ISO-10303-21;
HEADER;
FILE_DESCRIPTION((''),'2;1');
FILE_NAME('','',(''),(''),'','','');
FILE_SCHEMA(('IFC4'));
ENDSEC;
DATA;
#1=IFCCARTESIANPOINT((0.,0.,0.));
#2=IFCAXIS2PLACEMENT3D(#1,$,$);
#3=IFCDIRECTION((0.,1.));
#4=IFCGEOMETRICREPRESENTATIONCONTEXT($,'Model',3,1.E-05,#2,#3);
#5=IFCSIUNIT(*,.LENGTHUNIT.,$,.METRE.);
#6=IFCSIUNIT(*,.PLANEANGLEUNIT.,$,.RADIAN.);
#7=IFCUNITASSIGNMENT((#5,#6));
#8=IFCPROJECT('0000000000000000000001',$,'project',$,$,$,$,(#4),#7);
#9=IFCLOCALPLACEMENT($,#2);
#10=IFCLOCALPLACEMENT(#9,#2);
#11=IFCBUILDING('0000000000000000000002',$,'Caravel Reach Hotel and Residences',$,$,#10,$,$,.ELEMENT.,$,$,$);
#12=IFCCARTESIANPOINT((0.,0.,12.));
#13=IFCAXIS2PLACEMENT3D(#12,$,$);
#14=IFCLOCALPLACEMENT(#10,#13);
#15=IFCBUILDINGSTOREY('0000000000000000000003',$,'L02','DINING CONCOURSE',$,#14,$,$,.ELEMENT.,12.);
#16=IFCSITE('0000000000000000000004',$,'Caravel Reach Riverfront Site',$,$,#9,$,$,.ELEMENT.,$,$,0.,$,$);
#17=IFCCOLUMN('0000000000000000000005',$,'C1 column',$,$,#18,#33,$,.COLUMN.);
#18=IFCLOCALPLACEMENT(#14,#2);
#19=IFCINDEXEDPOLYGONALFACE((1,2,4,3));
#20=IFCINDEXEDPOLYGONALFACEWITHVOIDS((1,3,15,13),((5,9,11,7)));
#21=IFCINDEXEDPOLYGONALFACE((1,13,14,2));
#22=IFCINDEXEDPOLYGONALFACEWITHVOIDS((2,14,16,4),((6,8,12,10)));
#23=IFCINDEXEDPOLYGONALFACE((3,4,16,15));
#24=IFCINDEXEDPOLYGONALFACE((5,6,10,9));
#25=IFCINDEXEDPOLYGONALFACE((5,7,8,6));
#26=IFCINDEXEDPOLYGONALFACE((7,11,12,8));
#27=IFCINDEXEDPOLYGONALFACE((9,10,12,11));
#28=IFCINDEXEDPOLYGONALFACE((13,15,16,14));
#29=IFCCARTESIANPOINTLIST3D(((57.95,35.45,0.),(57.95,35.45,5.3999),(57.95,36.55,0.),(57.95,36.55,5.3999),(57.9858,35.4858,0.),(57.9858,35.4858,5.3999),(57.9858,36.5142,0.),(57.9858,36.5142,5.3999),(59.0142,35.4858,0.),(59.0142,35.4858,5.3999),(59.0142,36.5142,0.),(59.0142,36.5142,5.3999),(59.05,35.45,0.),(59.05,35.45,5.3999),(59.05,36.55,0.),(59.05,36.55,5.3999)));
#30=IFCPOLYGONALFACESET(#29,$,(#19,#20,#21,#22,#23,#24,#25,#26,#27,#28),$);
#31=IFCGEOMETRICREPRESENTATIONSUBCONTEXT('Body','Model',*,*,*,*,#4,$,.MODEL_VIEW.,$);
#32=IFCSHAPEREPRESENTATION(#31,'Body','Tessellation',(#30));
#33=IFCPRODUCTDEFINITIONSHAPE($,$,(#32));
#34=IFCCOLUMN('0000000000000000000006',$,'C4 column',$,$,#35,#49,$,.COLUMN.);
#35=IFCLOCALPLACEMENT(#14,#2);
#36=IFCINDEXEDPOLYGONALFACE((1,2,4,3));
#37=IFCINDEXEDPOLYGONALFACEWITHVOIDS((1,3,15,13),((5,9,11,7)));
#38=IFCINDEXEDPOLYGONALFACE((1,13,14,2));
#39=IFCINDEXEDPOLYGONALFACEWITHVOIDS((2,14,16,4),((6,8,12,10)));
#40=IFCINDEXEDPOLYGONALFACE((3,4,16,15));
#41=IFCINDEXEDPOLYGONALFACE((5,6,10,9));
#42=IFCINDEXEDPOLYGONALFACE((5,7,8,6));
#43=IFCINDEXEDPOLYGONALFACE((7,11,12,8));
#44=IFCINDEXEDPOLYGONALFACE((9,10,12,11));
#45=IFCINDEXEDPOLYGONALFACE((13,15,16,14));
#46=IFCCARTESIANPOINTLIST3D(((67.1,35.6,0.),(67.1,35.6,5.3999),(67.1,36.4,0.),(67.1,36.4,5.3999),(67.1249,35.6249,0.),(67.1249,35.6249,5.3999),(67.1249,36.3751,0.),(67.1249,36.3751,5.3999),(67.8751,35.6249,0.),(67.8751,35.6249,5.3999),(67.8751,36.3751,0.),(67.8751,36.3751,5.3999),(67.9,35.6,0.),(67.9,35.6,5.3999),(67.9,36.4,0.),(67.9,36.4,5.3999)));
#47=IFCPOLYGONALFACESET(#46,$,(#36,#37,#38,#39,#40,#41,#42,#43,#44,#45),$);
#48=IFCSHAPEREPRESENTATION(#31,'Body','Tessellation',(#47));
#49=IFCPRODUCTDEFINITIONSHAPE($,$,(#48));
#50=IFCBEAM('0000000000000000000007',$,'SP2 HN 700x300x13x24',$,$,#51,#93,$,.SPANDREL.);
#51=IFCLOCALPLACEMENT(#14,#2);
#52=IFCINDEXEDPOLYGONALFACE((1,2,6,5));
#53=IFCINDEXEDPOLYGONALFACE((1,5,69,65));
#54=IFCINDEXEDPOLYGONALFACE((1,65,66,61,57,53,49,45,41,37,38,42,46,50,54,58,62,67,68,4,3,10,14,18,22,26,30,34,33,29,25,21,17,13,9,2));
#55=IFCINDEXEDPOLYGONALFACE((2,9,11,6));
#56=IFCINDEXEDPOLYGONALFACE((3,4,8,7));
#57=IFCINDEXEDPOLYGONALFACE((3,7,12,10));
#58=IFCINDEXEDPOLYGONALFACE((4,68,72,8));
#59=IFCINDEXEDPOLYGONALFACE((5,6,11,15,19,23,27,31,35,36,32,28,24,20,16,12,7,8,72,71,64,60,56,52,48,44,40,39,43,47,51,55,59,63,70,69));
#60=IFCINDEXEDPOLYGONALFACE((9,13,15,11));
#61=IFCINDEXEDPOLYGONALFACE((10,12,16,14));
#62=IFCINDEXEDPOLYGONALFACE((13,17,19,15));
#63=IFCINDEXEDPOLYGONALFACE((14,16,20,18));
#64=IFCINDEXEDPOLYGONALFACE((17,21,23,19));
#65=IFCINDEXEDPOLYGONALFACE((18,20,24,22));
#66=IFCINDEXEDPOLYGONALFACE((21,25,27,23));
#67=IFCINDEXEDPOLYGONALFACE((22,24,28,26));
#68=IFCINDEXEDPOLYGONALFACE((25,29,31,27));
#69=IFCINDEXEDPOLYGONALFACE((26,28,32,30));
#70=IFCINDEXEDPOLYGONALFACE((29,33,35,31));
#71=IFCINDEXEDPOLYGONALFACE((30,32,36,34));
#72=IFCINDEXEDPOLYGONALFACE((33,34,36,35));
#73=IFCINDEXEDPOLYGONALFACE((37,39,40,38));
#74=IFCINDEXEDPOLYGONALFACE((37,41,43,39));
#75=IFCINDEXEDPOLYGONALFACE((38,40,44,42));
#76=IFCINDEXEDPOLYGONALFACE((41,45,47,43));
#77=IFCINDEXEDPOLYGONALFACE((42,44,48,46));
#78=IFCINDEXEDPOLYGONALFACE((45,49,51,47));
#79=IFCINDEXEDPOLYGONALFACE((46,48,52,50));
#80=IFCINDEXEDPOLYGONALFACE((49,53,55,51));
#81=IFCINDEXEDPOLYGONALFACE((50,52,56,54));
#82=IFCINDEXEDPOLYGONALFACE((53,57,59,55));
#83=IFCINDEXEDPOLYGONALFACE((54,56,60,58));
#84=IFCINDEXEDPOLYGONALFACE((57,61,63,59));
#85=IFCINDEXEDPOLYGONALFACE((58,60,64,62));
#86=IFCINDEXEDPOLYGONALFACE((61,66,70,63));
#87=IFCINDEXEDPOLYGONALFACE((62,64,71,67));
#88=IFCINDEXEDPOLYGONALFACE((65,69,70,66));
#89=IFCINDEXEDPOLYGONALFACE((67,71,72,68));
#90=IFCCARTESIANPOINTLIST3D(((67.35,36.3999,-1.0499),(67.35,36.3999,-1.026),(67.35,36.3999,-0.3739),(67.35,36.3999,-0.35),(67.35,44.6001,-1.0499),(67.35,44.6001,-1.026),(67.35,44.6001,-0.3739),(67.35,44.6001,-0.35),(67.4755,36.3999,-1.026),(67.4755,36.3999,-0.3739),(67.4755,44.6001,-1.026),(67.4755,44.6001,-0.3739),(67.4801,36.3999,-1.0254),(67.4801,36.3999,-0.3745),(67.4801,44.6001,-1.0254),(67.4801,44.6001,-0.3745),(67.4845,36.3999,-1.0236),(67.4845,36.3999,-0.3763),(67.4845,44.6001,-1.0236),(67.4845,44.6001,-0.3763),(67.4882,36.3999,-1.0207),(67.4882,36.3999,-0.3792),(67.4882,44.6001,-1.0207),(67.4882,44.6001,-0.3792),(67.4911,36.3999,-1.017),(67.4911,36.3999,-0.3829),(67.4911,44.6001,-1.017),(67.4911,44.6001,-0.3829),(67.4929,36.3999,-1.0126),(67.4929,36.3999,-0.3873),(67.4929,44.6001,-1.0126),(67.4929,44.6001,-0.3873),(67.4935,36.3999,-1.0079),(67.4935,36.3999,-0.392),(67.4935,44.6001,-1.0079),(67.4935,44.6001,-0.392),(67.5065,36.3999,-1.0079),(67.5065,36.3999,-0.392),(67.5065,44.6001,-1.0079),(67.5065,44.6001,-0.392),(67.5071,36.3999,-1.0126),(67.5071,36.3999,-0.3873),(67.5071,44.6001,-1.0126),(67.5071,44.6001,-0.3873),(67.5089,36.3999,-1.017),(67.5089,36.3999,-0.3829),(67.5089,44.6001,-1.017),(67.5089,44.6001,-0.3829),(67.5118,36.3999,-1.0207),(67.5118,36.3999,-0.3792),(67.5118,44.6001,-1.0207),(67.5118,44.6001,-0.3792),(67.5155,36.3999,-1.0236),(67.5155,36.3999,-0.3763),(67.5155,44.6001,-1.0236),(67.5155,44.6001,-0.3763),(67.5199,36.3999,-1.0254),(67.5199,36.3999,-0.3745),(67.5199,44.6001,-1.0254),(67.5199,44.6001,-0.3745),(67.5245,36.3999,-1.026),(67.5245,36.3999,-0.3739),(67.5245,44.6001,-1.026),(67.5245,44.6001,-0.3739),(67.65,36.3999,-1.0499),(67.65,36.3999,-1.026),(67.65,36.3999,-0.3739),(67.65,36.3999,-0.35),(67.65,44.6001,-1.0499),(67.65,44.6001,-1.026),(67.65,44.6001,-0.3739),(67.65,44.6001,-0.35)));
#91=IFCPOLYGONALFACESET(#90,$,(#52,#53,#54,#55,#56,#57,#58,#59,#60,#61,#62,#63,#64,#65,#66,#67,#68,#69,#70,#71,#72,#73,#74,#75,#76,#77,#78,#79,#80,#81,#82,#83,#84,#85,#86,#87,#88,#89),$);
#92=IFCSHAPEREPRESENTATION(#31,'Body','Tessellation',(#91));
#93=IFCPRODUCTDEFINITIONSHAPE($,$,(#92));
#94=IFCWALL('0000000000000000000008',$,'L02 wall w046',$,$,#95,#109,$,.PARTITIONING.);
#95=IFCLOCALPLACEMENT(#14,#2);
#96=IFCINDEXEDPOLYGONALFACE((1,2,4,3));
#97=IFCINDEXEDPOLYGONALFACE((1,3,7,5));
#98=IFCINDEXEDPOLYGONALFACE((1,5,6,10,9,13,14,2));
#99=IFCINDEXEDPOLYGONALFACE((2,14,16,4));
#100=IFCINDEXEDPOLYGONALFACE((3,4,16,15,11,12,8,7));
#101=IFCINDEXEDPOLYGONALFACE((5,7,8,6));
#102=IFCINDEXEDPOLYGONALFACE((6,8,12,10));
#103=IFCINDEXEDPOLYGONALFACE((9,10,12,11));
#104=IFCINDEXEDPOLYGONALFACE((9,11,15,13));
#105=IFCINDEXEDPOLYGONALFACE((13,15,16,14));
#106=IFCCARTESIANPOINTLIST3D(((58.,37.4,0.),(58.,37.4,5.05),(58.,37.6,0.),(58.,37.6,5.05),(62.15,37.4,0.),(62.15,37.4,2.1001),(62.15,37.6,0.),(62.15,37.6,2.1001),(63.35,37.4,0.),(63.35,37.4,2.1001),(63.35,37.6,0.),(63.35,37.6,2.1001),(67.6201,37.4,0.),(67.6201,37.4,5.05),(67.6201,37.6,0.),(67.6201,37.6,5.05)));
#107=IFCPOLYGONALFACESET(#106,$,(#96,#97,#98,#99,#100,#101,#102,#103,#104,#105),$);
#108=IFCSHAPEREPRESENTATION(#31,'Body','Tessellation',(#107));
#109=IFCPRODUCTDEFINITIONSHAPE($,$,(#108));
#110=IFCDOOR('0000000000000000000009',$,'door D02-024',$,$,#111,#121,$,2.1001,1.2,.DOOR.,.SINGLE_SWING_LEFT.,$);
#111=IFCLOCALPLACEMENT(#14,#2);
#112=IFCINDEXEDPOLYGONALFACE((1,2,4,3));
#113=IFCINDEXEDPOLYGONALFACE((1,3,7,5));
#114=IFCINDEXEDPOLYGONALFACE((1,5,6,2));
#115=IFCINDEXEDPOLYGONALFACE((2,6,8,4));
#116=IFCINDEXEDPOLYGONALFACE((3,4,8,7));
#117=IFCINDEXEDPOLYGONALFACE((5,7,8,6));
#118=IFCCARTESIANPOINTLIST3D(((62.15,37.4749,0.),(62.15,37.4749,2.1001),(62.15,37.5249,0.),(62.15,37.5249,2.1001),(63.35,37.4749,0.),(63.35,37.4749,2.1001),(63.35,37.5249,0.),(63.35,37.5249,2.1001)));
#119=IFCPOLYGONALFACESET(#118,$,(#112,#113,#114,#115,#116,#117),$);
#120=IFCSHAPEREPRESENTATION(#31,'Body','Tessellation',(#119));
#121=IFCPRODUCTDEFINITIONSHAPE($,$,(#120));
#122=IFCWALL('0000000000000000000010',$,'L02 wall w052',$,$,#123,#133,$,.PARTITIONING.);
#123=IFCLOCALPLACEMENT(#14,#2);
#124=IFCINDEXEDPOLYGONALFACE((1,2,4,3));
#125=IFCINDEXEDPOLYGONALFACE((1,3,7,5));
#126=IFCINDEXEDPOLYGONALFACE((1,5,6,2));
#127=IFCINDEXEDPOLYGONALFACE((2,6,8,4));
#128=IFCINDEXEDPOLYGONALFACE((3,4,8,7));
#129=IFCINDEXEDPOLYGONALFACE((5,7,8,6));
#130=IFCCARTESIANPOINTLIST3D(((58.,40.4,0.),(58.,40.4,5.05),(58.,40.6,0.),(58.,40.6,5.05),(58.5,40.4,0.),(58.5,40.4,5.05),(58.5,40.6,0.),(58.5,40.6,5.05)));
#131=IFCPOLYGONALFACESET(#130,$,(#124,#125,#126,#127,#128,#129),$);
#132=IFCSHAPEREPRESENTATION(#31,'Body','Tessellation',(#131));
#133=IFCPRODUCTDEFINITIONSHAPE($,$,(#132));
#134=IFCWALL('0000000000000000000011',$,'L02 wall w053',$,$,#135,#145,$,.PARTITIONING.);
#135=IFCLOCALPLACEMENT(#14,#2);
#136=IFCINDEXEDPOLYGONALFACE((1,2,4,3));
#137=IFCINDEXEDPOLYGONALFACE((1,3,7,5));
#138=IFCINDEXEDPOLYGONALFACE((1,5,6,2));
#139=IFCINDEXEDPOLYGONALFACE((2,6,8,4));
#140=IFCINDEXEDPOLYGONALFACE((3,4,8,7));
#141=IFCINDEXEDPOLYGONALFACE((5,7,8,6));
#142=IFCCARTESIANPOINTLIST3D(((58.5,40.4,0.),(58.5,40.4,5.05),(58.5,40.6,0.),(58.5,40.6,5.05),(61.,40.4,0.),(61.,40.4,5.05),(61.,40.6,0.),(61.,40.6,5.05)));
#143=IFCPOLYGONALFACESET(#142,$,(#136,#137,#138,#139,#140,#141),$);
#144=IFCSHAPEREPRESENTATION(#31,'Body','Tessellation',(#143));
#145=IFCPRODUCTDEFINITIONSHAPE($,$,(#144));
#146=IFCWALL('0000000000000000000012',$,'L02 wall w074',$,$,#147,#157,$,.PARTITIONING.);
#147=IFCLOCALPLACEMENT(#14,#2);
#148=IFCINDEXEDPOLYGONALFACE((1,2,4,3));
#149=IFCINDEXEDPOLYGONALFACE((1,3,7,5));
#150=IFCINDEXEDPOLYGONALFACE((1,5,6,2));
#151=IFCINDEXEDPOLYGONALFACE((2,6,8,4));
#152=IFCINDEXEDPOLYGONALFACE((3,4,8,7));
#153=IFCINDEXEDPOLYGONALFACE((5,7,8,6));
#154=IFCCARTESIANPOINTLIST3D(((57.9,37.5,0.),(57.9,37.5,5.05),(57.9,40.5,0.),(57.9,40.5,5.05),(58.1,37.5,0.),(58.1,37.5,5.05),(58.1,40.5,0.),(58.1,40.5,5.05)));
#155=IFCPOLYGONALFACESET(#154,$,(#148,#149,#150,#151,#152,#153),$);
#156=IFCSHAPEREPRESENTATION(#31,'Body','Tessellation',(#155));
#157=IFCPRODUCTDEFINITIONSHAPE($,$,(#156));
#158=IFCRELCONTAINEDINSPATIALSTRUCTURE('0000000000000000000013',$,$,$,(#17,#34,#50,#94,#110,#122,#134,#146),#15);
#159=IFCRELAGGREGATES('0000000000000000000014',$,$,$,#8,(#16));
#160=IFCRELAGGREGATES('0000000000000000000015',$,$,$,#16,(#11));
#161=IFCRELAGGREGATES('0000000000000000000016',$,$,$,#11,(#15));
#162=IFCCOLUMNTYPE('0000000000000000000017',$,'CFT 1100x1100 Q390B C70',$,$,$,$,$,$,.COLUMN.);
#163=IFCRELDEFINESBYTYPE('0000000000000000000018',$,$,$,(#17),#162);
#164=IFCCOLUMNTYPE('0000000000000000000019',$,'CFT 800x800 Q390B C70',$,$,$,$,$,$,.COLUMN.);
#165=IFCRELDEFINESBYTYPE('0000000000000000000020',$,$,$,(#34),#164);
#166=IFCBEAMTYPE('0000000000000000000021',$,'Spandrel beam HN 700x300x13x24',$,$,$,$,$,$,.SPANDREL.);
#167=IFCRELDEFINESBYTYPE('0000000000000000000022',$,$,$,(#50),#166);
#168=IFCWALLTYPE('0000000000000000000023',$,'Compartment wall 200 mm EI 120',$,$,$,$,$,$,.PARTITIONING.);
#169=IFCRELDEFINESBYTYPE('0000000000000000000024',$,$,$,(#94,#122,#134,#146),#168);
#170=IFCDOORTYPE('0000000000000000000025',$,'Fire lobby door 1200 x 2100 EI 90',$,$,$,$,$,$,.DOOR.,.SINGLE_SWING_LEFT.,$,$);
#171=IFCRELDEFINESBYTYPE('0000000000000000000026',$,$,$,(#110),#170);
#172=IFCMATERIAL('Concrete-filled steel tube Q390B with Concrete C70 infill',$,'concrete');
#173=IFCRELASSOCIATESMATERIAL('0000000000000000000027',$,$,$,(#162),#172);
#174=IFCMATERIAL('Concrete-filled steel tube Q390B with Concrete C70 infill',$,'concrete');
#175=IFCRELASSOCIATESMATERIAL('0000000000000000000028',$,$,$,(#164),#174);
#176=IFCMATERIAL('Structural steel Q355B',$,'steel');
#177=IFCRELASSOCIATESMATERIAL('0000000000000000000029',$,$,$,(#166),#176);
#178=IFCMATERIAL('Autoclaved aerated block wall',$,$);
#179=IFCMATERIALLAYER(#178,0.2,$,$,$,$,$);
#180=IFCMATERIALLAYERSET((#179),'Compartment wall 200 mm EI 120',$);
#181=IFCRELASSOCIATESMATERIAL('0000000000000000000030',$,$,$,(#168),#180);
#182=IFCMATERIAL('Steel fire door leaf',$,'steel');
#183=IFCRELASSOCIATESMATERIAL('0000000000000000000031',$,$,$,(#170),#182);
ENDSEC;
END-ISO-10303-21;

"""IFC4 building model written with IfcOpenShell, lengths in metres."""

from ifc_helpers import new_model, si_unit, direction, frame, frame_2d, origin, origin_2d, place, context, subcontext, project, spatial, rectangle, hollow_rectangle, i_section, extrude, material, layer, layer_set, material_profile, profile_set, type_object, element, fill, save


model = new_model("IFC4")

# Units and contexts
model_context = context("Model", 3, precision=1e-05, world=origin(), true_north=direction((0.0, 1.0)))
body_context = subcontext(model_context, "Body", "Model", "MODEL_VIEW")
ifc_project = project(units=[si_unit("LENGTHUNIT", "METRE"), si_unit("PLANEANGLEUNIT", "RADIAN")], contexts=[model_context])

# Site, building, storey
site_placement = place(None, origin())
site = spatial("IfcSite", under=ifc_project, at=site_placement, Name="Caravel Reach Riverfront Site", CompositionType="ELEMENT", RefElevation=0.0)
building_placement = place(site_placement, origin())
building = spatial("IfcBuilding", under=site, at=building_placement, Name="Caravel Reach Hotel and Residences", CompositionType="ELEMENT")
storey_placement = place(building_placement, frame((0.0, 0.0, 12.0)))
storey = spatial("IfcBuildingStorey", under=building, at=storey_placement, Name="L02", Description="DINING CONCOURSE", CompositionType="ELEMENT", Elevation=12.0)

# Columns
ifc_material_1 = material(Name="Concrete-filled steel tube Q390B with Concrete C70 infill", Category="concrete")
ifc_material_profile_1 = material_profile(ifc_material_1, hollow_rectangle(XDim=1.1001, YDim=1.1001, WallThickness=0.0359, at=origin_2d()), Name="RHS 1100x1100x36")
ifc_profile_set_1 = profile_set([ifc_material_profile_1], Name="Concrete-filled steel tube Q390B with Concrete C70 infill")
column_type_1 = type_object("IfcColumnType", Name="CFT 1100x1100 Q390B C70", PredefinedType="COLUMN", material=ifc_profile_set_1)
column_1_placement = place(storey_placement, frame((58.5, 36.0, 0.0), z_axis=(0.0, 0.0, 1.0), x_axis=(1.0, 0.0, 0.0)))
element("IfcColumn", 1, at=column_1_placement, inside=storey, type_object=column_type_1, Name="C1 column", PredefinedType="COLUMN", context=body_context, shape_type="SweptSolid", body=[
    extrude(hollow_rectangle(XDim=1.1001, YDim=1.1001, WallThickness=0.0359, at=origin_2d()), origin(), (0.0, 0.0, 1.0), 5.3999),
])
ifc_material_2 = material(Name="Concrete-filled steel tube Q390B with Concrete C70 infill", Category="concrete")
ifc_material_profile_2 = material_profile(ifc_material_2, hollow_rectangle(XDim=0.8, YDim=0.8, WallThickness=0.0249, at=origin_2d()), Name="RHS 800x800x25")
ifc_profile_set_2 = profile_set([ifc_material_profile_2], Name="Concrete-filled steel tube Q390B with Concrete C70 infill")
column_type_2 = type_object("IfcColumnType", Name="CFT 800x800 Q390B C70", PredefinedType="COLUMN", material=ifc_profile_set_2)
column_2_placement = place(storey_placement, frame((67.5, 36.0, 0.0), z_axis=(0.0, 0.0, 1.0), x_axis=(1.0, 0.0, 0.0)))
element("IfcColumn", 2, at=column_2_placement, inside=storey, type_object=column_type_2, Name="C4 column", PredefinedType="COLUMN", context=body_context, shape_type="SweptSolid", body=[
    extrude(hollow_rectangle(XDim=0.8, YDim=0.8, WallThickness=0.0249, at=origin_2d()), origin(), (0.0, 0.0, 1.0), 5.3999),
])

# Beam
ifc_material_3 = material(Name="Structural steel Q355B", Category="steel")
ifc_material_profile_3 = material_profile(ifc_material_3, i_section(OverallWidth=0.3, OverallDepth=0.7, WebThickness=0.0129, FlangeThickness=0.0239, FilletRadius=0.0181, at=origin_2d()), Name="HN 700x300x13x24")
ifc_profile_set_3 = profile_set([ifc_material_profile_3], Name="Structural steel Q355B")
beam_type = type_object("IfcBeamType", Name="Spandrel beam HN 700x300x13x24", PredefinedType="SPANDREL", material=ifc_profile_set_3)
beam_placement = place(storey_placement, frame((67.5, 36.3999, -0.7), z_axis=(0.0, 1.0, 0.0), x_axis=(-1.0, 0.0, 0.0)))
element("IfcBeam", 3, at=beam_placement, inside=storey, type_object=beam_type, Name="SP2 HN 700x300x13x24", PredefinedType="SPANDREL", context=body_context, shape_type="SweptSolid", body=[
    extrude(i_section(OverallWidth=0.3, OverallDepth=0.7, WebThickness=0.0129, FlangeThickness=0.0239, FilletRadius=0.0181, at=origin_2d()), origin(), (0.0, 0.0, 1.0), 8.2002),
])

# Wall, opening, door
ifc_material_4 = material(Name="Autoclaved aerated block wall")
ifc_layer_1 = layer(ifc_material_4, 0.2)
ifc_layer_set_1 = layer_set([ifc_layer_1], Name="Compartment wall 200 mm EI 120")
wall_type_1 = type_object("IfcWallType", Name="Compartment wall 200 mm EI 120", PredefinedType="PARTITIONING", material=ifc_layer_set_1)
wall_1_placement = place(storey_placement, frame((58.0, 37.5, 0.0), z_axis=(0.0, 0.0, 1.0), x_axis=(1.0, 0.0, 0.0)))
wall_1 = element("IfcWall", 4, at=wall_1_placement, inside=storey, type_object=wall_type_1, Name="L02 wall w046", PredefinedType="PARTITIONING", context=body_context, shape_type="SweptSolid", body=[
    extrude(rectangle(XDim=9.6201, YDim=0.2, at=frame_2d((4.8101, 0.0))), origin(), (0.0, 0.0, 1.0), 5.05),
])
opening_1_placement = place(wall_1_placement, frame((4.1499, 0.0, 0.0)))
opening_1 = element("IfcOpeningElement", 5, at=opening_1_placement, cuts=wall_1, PredefinedType="OPENING", context=body_context, shape_type="SweptSolid", body=[
    extrude(rectangle(XDim=1.2, YDim=2.1001, at=frame_2d((0.6001, 1.05))), frame((0.0, 0.1099, 0.0), z_axis=(0.0, -1.0, 0.0), x_axis=(1.0, 0.0, 0.0)), (0.0, 0.0, 1.0), 0.22),
])
ifc_material_5 = material(Name="Steel fire door leaf", Category="steel")
door_type_1 = type_object("IfcDoorType", Name="Fire lobby door 1200 x 2100 EI 90", OperationType="SINGLE_SWING_LEFT", PredefinedType="DOOR", material=ifc_material_5)
door_1_placement = place(opening_1_placement, origin())
door_1 = element("IfcDoor", 6, at=door_1_placement, inside=storey, type_object=door_type_1, Name="door D02-024", OperationType="SINGLE_SWING_LEFT", OverallHeight=2.1001, OverallWidth=1.2, PredefinedType="DOOR", context=body_context, shape_type="SweptSolid", body=[
    extrude(rectangle(XDim=1.2, YDim=2.1001, at=frame_2d((0.6001, 1.05))), frame((0.0, 0.0249, 0.0), z_axis=(0.0, -1.0, 0.0), x_axis=(1.0, 0.0, 0.0)), (0.0, 0.0, 1.0), 0.05),
])
fill(opening_1, door_1)

# Walls
wall_2_placement = place(storey_placement, frame((58.0, 40.5, 0.0), z_axis=(0.0, 0.0, 1.0), x_axis=(1.0, 0.0, 0.0)))
element("IfcWall", 7, at=wall_2_placement, inside=storey, type_object=wall_type_1, Name="L02 wall w052", PredefinedType="PARTITIONING", context=body_context, shape_type="SweptSolid", body=[
    extrude(rectangle(XDim=0.5, YDim=0.2, at=frame_2d((0.25, 0.0))), origin(), (0.0, 0.0, 1.0), 5.05),
])
wall_3_placement = place(storey_placement, frame((58.5, 40.5, 0.0), z_axis=(0.0, 0.0, 1.0), x_axis=(1.0, 0.0, 0.0)))
element("IfcWall", 8, at=wall_3_placement, inside=storey, type_object=wall_type_1, Name="L02 wall w053", PredefinedType="PARTITIONING", context=body_context, shape_type="SweptSolid", body=[
    extrude(rectangle(XDim=2.5, YDim=0.2, at=frame_2d((1.25, 0.0))), origin(), (0.0, 0.0, 1.0), 5.05),
])
wall_4_placement = place(storey_placement, frame((58.0, 37.5, 0.0), z_axis=(0.0, 0.0, 1.0), x_axis=(0.0, 1.0, 0.0)))
element("IfcWall", 9, at=wall_4_placement, inside=storey, type_object=wall_type_1, Name="L02 wall w074", PredefinedType="PARTITIONING", context=body_context, shape_type="SweptSolid", body=[
    extrude(rectangle(XDim=3.0, YDim=0.2, at=frame_2d((1.5, 0.0))), origin(), (0.0, 0.0, 1.0), 5.05),
])

save(model, "model.ifc")
